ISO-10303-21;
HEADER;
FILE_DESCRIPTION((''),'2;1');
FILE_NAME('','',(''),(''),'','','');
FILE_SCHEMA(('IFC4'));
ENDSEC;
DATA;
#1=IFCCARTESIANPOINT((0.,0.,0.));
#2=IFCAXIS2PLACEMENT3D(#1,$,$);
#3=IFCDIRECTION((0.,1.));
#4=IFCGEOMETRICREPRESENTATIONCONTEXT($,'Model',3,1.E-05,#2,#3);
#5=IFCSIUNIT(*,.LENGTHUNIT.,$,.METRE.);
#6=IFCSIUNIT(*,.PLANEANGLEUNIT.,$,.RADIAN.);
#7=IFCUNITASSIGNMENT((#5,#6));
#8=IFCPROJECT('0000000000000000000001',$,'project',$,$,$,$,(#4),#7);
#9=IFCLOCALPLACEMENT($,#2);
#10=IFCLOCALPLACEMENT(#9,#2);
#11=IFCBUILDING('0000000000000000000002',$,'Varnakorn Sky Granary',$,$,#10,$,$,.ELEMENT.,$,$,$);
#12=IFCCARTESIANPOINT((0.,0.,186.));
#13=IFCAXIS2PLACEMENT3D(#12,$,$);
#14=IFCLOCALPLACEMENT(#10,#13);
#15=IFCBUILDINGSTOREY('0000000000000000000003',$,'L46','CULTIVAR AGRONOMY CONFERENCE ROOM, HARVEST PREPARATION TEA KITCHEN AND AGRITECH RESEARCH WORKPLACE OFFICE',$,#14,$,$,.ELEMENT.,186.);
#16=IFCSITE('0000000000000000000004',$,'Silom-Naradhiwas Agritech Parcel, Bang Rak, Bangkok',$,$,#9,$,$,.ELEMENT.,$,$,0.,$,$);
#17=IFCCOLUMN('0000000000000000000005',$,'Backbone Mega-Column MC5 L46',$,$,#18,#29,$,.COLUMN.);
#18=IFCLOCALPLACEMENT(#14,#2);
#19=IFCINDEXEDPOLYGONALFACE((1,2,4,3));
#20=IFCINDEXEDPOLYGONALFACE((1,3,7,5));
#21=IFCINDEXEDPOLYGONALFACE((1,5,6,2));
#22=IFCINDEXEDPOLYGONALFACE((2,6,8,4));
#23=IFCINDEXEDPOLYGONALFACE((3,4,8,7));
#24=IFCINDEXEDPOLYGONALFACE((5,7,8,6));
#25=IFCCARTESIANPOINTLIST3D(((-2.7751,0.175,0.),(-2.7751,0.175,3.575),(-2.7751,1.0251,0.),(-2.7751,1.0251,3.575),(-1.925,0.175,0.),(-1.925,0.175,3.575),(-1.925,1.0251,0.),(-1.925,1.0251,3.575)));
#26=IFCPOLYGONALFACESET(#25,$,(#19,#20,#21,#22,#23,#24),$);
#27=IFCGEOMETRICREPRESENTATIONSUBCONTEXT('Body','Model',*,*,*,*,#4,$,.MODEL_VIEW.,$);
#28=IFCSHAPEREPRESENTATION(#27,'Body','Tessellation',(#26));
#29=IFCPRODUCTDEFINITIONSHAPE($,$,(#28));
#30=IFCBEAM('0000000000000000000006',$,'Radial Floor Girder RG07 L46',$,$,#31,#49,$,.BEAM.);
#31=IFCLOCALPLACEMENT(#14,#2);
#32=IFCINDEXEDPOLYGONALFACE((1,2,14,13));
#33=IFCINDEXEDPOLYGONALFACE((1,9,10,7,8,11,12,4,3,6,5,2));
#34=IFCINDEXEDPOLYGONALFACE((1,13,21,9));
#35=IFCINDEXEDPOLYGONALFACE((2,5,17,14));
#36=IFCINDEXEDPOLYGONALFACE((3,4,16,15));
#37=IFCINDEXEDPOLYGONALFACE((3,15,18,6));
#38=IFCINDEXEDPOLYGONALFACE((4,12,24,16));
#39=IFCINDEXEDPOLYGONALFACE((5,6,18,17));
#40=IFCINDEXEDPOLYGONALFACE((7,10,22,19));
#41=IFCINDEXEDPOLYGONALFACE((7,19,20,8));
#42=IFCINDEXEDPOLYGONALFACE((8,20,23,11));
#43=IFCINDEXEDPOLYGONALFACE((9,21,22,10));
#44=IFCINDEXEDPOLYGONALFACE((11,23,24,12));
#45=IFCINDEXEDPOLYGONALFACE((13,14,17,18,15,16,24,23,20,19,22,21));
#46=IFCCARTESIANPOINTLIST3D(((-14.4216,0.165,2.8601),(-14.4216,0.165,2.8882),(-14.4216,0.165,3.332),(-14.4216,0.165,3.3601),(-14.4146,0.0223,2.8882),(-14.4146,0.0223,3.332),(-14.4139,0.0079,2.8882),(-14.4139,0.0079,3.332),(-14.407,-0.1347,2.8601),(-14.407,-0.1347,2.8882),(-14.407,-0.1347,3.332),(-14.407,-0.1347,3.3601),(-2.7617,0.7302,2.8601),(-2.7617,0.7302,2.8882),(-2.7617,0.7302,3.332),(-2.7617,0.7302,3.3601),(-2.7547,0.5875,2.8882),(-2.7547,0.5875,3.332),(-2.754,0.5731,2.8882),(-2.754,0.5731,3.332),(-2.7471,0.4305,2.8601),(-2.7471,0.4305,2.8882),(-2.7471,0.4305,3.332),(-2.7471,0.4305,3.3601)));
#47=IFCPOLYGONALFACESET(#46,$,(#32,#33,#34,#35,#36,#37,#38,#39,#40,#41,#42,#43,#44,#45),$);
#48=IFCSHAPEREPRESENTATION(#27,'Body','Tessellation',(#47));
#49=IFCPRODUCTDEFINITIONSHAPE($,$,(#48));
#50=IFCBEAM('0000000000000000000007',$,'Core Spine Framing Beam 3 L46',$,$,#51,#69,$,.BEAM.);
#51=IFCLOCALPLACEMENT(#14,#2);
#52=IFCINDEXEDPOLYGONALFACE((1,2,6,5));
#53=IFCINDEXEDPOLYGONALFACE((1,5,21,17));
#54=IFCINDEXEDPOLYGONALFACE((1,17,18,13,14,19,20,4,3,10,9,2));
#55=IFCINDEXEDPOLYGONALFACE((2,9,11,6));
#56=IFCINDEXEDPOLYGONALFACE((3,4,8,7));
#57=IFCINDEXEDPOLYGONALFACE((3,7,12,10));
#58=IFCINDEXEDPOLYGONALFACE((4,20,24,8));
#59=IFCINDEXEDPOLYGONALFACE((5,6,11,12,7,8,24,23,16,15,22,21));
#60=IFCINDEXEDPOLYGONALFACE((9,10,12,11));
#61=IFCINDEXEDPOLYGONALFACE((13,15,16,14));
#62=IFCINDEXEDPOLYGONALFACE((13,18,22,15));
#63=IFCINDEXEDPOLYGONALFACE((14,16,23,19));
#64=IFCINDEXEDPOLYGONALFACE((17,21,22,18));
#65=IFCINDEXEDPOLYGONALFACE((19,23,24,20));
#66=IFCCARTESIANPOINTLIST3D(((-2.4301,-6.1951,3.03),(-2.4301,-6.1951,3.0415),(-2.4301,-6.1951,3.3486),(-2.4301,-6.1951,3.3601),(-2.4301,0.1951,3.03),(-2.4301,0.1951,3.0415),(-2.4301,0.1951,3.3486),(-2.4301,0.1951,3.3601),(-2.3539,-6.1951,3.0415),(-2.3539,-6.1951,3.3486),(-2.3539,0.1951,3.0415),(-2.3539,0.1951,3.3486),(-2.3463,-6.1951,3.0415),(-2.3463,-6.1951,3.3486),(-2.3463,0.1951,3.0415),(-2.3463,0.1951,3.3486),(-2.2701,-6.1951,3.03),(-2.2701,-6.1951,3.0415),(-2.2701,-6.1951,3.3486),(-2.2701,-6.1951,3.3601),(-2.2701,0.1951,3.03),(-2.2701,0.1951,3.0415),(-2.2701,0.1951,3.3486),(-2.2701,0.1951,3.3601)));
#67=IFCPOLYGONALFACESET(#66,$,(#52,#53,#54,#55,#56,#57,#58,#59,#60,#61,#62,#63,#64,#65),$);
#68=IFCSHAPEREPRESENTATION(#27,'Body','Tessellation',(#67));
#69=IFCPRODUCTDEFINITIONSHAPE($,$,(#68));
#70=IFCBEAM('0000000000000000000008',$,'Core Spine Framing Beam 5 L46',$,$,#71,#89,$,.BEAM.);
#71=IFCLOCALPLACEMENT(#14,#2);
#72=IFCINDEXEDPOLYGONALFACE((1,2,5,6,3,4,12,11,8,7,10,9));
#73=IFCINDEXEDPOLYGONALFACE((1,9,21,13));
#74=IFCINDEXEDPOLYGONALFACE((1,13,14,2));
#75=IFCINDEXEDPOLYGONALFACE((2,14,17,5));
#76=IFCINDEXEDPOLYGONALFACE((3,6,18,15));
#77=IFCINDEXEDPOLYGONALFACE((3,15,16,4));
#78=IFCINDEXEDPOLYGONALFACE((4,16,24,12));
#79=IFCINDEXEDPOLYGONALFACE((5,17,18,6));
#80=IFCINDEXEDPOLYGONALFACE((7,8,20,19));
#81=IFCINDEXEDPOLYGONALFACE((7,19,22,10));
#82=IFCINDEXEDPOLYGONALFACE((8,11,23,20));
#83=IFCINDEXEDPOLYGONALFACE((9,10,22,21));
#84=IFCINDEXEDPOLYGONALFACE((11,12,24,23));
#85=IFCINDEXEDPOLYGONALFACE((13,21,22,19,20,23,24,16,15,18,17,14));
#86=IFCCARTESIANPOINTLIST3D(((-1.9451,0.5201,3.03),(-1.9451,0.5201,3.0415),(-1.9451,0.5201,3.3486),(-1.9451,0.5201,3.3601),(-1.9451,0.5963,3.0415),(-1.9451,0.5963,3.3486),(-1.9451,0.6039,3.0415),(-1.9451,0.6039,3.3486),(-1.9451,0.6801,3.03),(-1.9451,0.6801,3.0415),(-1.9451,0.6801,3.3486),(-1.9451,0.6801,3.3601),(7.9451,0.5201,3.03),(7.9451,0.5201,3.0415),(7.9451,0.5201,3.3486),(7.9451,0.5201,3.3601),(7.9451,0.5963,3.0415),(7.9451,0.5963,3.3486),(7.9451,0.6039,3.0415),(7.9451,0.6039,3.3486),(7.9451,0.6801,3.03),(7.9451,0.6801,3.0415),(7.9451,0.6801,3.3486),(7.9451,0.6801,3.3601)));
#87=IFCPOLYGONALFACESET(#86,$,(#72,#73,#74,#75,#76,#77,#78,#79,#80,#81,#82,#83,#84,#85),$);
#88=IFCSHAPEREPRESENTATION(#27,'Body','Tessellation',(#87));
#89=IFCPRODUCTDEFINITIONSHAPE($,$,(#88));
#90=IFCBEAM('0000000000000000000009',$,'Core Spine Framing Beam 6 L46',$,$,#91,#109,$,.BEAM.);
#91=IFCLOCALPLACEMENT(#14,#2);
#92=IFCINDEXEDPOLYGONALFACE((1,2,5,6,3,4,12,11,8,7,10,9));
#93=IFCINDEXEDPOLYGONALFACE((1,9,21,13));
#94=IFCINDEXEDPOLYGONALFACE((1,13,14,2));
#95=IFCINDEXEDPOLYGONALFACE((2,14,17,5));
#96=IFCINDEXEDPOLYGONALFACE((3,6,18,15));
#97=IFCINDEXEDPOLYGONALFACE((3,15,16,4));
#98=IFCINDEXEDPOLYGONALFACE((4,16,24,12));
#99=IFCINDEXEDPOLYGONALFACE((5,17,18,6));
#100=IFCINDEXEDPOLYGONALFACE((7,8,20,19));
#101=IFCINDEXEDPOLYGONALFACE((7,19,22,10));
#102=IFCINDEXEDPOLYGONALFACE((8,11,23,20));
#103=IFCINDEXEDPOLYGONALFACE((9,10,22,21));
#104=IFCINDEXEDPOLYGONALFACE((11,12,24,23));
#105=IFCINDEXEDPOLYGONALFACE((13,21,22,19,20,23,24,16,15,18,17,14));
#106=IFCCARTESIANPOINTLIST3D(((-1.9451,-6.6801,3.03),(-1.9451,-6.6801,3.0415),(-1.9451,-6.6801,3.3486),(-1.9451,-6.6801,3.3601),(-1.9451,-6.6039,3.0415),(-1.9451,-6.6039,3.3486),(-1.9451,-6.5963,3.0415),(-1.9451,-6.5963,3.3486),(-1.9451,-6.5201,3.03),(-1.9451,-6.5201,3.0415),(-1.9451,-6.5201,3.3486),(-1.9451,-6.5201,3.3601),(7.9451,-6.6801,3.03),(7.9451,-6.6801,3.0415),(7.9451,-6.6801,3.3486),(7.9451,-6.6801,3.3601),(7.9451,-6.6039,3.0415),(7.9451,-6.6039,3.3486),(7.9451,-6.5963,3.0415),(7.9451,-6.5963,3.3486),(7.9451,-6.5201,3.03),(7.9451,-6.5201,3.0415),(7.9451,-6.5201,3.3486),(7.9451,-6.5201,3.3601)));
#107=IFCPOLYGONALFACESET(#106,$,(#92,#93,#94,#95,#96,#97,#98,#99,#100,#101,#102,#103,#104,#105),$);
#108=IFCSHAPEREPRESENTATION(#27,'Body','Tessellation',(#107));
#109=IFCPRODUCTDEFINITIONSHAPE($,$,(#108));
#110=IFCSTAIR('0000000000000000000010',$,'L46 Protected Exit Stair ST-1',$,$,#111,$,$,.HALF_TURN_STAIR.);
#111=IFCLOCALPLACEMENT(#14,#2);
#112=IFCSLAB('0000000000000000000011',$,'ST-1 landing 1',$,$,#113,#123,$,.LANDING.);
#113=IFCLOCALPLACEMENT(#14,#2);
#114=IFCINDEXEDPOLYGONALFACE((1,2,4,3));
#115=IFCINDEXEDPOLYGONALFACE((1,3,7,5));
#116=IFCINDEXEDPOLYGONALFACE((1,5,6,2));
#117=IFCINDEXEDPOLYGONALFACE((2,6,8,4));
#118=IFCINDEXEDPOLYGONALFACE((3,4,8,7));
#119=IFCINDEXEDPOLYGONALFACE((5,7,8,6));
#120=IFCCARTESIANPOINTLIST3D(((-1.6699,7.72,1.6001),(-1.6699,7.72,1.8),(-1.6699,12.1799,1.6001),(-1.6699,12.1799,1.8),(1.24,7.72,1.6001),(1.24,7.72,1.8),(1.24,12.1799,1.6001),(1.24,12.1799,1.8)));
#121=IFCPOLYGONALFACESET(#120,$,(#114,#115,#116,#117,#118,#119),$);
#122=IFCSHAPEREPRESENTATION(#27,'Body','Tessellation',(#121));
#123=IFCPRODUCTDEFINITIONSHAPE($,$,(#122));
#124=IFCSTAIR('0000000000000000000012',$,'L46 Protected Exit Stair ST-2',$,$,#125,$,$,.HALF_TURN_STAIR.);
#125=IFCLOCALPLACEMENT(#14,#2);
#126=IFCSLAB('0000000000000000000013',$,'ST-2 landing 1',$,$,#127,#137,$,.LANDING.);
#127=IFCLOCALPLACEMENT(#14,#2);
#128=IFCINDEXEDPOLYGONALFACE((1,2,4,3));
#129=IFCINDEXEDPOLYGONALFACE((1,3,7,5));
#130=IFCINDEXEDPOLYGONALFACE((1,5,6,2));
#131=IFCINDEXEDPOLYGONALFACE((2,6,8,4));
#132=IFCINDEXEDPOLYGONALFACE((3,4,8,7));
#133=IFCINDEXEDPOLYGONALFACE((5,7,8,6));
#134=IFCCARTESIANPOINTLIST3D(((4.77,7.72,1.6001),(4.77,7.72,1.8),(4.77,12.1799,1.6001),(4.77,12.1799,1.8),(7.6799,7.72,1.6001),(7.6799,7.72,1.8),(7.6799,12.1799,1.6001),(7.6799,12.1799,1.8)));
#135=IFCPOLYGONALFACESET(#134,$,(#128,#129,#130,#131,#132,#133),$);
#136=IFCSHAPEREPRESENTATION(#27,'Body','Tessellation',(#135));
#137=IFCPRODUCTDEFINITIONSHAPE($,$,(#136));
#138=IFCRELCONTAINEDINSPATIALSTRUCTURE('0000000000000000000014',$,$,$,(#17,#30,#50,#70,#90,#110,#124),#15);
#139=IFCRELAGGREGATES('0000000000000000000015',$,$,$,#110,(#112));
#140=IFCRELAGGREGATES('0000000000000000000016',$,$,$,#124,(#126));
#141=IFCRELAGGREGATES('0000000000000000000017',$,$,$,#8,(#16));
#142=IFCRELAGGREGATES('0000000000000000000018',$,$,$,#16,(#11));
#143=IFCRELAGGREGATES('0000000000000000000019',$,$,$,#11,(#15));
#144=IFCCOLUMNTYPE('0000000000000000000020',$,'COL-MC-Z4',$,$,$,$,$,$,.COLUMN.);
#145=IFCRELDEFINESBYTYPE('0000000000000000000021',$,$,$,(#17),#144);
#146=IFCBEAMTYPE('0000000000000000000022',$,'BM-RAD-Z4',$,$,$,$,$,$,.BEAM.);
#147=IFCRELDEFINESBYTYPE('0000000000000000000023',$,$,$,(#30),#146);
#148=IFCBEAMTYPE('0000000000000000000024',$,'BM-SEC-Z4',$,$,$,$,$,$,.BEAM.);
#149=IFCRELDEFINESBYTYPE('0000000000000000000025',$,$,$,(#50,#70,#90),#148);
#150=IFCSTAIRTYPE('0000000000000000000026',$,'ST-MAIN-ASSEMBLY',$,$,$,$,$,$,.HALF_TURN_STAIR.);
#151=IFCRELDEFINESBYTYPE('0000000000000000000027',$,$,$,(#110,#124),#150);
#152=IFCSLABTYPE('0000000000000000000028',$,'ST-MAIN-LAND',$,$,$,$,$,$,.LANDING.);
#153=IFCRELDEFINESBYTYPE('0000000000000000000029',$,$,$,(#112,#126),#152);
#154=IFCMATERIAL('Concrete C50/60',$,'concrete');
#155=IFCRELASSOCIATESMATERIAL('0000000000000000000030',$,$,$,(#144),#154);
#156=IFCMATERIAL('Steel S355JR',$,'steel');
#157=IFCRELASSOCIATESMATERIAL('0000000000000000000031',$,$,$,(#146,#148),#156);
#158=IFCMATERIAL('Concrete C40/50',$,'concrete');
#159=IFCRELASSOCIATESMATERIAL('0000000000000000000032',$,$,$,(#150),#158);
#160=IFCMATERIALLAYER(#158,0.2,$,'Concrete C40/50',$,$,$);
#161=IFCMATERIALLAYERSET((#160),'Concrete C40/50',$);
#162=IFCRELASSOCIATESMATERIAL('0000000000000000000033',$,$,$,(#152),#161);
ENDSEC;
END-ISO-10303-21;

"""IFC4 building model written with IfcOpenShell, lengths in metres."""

from ifc_helpers import new_model, si_unit, direction, frame, origin, origin_2d, place, context, subcontext, project, spatial, polyline, rectangle, i_section, outline, extrude, material, layer, layer_set, material_profile, profile_set, type_object, element, aggregate, save


model = new_model("IFC4")

# Units and contexts
model_context = context("Model", 3, precision=1e-05, world=origin(), true_north=direction((0.0, 1.0)))
body_context = subcontext(model_context, "Body", "Model", "MODEL_VIEW")
ifc_project = project(units=[si_unit("LENGTHUNIT", "METRE"), si_unit("PLANEANGLEUNIT", "RADIAN")], contexts=[model_context])

# Site, building, storey
site_placement = place(None, origin())
site = spatial("IfcSite", under=ifc_project, at=site_placement, Name="Silom-Naradhiwas Agritech Parcel, Bang Rak, Bangkok", CompositionType="ELEMENT", RefElevation=0.0)
building_placement = place(site_placement, origin())
building = spatial("IfcBuilding", under=site, at=building_placement, Name="Varnakorn Sky Granary", CompositionType="ELEMENT")
storey_placement = place(building_placement, frame((0.0, 0.0, 186.0)))
storey = spatial("IfcBuildingStorey", under=building, at=storey_placement, Name="L46", Description="CULTIVAR AGRONOMY CONFERENCE ROOM, HARVEST PREPARATION TEA KITCHEN AND AGRITECH RESEARCH WORKPLACE OFFICE", CompositionType="ELEMENT", Elevation=186.0)

# Column
ifc_material_1 = material(Name="Concrete C50/60", Category="concrete")
ifc_material_profile_1 = material_profile(ifc_material_1, rectangle(XDim=0.8501, YDim=0.8501, at=origin_2d()), Name="RC 850x850")
ifc_profile_set_1 = profile_set([ifc_material_profile_1], Name="Concrete C50/60")
column_type = type_object("IfcColumnType", Name="COL-MC-Z4", PredefinedType="COLUMN", material=ifc_profile_set_1)
column_placement = place(storey_placement, frame((-2.3501, 0.6001, 0.0), z_axis=(0.0, 0.0, 1.0), x_axis=(1.0, 0.0, 0.0)))
element("IfcColumn", 1, at=column_placement, inside=storey, type_object=column_type, Name="Backbone Mega-Column MC5 L46", PredefinedType="COLUMN", context=body_context, shape_type="SweptSolid", body=[
    extrude(rectangle(XDim=0.8501, YDim=0.8501, at=origin_2d()), origin(), (0.0, 0.0, 1.0), 3.575),
])

# Beams
ifc_material_2 = material(Name="Steel S355JR", Category="steel")
ifc_material_profile_2 = material_profile(ifc_material_2, i_section(OverallWidth=0.3, OverallDepth=0.5, WebThickness=0.0144, FlangeThickness=0.0281, at=origin_2d()), Name="HE 500 B")
ifc_profile_set_2 = profile_set([ifc_material_profile_2], Name="Steel S355JR")
beam_type_1 = type_object("IfcBeamType", Name="BM-RAD-Z4", PredefinedType="BEAM", material=ifc_profile_set_2)
beam_1_placement = place(storey_placement, frame((-2.7544, 0.5803, 3.1101), z_axis=(-0.998827, -0.048416, 0.0), x_axis=(0.048416, -0.998827, 0.0)))
element("IfcBeam", 2, at=beam_1_placement, inside=storey, type_object=beam_type_1, Name="Radial Floor Girder RG07 L46", PredefinedType="BEAM", context=body_context, shape_type="SweptSolid", body=[
    extrude(i_section(OverallWidth=0.3, OverallDepth=0.5, WebThickness=0.0144, FlangeThickness=0.0281, at=origin_2d()), origin(), (0.0, 0.0, 1.0), 11.6736),
])
ifc_material_profile_3 = material_profile(ifc_material_2, i_section(OverallWidth=0.1599, OverallDepth=0.3301, WebThickness=0.0076, FlangeThickness=0.0115, at=origin_2d()), Name="IPE 330")
ifc_profile_set_3 = profile_set([ifc_material_profile_3], Name="Steel S355JR")
beam_type_2 = type_object("IfcBeamType", Name="BM-SEC-Z4", PredefinedType="BEAM", material=ifc_profile_set_3)
beam_2_placement = place(storey_placement, frame((-2.3501, 0.1951, 3.1951), z_axis=(0.0, -1.0, 0.0), x_axis=(1.0, 0.0, 0.0)))
element("IfcBeam", 3, at=beam_2_placement, inside=storey, type_object=beam_type_2, Name="Core Spine Framing Beam 3 L46", PredefinedType="BEAM", context=body_context, shape_type="SweptSolid", body=[
    extrude(i_section(OverallWidth=0.1599, OverallDepth=0.3301, WebThickness=0.0076, FlangeThickness=0.0115, at=origin_2d()), origin(), (0.0, 0.0, 1.0), 6.3901),
])
for number, where, z_axis, x_axis, name in (
    (4, (-1.9451, 0.6001, 3.1951), (1.0, 0.0, 0.0), (0.0, 1.0, 0.0), "Core Spine Framing Beam 5 L46"),
    (5, (-1.9451, -6.6001, 3.1951), (1.0, 0.0, 0.0), (0.0, 1.0, 0.0), "Core Spine Framing Beam 6 L46"),
):
    element("IfcBeam", number, at=place(storey_placement, frame(where, z_axis=z_axis, x_axis=x_axis)), inside=storey, type_object=beam_type_2, Name=name, PredefinedType="BEAM", context=body_context, shape_type="SweptSolid", body=[
        extrude(i_section(OverallWidth=0.1599, OverallDepth=0.3301, WebThickness=0.0076, FlangeThickness=0.0115, at=origin_2d()), origin(), (0.0, 0.0, 1.0), 9.8901),
    ])

# Stairs, slabs
ifc_material_3 = material(Name="Concrete C40/50", Category="concrete")
stair_type = type_object("IfcStairType", Name="ST-MAIN-ASSEMBLY", PredefinedType="HALF_TURN_STAIR", material=ifc_material_3)
stair_1_placement = place(storey_placement, origin())
stair_1 = element("IfcStair", 6, at=stair_1_placement, inside=storey, type_object=stair_type, Name="L46 Protected Exit Stair ST-1", PredefinedType="HALF_TURN_STAIR")
ifc_layer_1 = layer(ifc_material_3, 0.2, Name="Concrete C40/50")
ifc_layer_set_1 = layer_set([ifc_layer_1], Name="Concrete C40/50")
slab_type_1 = type_object("IfcSlabType", Name="ST-MAIN-LAND", PredefinedType="LANDING", material=ifc_layer_set_1)
slab_1_placement = place(storey_placement, frame((0.0, 0.0, 1.6001)))
slab_1 = element("IfcSlab", 7, at=slab_1_placement, type_object=slab_type_1, Name="ST-1 landing 1", PredefinedType="LANDING", context=body_context, shape_type="SweptSolid", body=[
    extrude(outline(polyline([(1.24, 7.72), (1.24, 12.1799), (-1.6699, 12.1799), (-1.6699, 7.72), (1.24, 7.72)])), origin(), (0.0, 0.0, 1.0), 0.2),
])
aggregate(stair_1, [slab_1])
stair_2_placement = place(storey_placement, origin())
stair_2 = element("IfcStair", 8, at=stair_2_placement, inside=storey, type_object=stair_type, Name="L46 Protected Exit Stair ST-2", PredefinedType="HALF_TURN_STAIR")
slab_2_placement = place(storey_placement, frame((0.0, 0.0, 1.6001)))
slab_2 = element("IfcSlab", 9, at=slab_2_placement, type_object=slab_type_1, Name="ST-2 landing 1", PredefinedType="LANDING", context=body_context, shape_type="SweptSolid", body=[
    extrude(outline(polyline([(7.6799, 7.72), (7.6799, 12.1799), (4.77, 12.1799), (4.77, 7.72), (7.6799, 7.72)])), origin(), (0.0, 0.0, 1.0), 0.2),
])
aggregate(stair_2, [slab_2])

save(model, "model.ifc")
